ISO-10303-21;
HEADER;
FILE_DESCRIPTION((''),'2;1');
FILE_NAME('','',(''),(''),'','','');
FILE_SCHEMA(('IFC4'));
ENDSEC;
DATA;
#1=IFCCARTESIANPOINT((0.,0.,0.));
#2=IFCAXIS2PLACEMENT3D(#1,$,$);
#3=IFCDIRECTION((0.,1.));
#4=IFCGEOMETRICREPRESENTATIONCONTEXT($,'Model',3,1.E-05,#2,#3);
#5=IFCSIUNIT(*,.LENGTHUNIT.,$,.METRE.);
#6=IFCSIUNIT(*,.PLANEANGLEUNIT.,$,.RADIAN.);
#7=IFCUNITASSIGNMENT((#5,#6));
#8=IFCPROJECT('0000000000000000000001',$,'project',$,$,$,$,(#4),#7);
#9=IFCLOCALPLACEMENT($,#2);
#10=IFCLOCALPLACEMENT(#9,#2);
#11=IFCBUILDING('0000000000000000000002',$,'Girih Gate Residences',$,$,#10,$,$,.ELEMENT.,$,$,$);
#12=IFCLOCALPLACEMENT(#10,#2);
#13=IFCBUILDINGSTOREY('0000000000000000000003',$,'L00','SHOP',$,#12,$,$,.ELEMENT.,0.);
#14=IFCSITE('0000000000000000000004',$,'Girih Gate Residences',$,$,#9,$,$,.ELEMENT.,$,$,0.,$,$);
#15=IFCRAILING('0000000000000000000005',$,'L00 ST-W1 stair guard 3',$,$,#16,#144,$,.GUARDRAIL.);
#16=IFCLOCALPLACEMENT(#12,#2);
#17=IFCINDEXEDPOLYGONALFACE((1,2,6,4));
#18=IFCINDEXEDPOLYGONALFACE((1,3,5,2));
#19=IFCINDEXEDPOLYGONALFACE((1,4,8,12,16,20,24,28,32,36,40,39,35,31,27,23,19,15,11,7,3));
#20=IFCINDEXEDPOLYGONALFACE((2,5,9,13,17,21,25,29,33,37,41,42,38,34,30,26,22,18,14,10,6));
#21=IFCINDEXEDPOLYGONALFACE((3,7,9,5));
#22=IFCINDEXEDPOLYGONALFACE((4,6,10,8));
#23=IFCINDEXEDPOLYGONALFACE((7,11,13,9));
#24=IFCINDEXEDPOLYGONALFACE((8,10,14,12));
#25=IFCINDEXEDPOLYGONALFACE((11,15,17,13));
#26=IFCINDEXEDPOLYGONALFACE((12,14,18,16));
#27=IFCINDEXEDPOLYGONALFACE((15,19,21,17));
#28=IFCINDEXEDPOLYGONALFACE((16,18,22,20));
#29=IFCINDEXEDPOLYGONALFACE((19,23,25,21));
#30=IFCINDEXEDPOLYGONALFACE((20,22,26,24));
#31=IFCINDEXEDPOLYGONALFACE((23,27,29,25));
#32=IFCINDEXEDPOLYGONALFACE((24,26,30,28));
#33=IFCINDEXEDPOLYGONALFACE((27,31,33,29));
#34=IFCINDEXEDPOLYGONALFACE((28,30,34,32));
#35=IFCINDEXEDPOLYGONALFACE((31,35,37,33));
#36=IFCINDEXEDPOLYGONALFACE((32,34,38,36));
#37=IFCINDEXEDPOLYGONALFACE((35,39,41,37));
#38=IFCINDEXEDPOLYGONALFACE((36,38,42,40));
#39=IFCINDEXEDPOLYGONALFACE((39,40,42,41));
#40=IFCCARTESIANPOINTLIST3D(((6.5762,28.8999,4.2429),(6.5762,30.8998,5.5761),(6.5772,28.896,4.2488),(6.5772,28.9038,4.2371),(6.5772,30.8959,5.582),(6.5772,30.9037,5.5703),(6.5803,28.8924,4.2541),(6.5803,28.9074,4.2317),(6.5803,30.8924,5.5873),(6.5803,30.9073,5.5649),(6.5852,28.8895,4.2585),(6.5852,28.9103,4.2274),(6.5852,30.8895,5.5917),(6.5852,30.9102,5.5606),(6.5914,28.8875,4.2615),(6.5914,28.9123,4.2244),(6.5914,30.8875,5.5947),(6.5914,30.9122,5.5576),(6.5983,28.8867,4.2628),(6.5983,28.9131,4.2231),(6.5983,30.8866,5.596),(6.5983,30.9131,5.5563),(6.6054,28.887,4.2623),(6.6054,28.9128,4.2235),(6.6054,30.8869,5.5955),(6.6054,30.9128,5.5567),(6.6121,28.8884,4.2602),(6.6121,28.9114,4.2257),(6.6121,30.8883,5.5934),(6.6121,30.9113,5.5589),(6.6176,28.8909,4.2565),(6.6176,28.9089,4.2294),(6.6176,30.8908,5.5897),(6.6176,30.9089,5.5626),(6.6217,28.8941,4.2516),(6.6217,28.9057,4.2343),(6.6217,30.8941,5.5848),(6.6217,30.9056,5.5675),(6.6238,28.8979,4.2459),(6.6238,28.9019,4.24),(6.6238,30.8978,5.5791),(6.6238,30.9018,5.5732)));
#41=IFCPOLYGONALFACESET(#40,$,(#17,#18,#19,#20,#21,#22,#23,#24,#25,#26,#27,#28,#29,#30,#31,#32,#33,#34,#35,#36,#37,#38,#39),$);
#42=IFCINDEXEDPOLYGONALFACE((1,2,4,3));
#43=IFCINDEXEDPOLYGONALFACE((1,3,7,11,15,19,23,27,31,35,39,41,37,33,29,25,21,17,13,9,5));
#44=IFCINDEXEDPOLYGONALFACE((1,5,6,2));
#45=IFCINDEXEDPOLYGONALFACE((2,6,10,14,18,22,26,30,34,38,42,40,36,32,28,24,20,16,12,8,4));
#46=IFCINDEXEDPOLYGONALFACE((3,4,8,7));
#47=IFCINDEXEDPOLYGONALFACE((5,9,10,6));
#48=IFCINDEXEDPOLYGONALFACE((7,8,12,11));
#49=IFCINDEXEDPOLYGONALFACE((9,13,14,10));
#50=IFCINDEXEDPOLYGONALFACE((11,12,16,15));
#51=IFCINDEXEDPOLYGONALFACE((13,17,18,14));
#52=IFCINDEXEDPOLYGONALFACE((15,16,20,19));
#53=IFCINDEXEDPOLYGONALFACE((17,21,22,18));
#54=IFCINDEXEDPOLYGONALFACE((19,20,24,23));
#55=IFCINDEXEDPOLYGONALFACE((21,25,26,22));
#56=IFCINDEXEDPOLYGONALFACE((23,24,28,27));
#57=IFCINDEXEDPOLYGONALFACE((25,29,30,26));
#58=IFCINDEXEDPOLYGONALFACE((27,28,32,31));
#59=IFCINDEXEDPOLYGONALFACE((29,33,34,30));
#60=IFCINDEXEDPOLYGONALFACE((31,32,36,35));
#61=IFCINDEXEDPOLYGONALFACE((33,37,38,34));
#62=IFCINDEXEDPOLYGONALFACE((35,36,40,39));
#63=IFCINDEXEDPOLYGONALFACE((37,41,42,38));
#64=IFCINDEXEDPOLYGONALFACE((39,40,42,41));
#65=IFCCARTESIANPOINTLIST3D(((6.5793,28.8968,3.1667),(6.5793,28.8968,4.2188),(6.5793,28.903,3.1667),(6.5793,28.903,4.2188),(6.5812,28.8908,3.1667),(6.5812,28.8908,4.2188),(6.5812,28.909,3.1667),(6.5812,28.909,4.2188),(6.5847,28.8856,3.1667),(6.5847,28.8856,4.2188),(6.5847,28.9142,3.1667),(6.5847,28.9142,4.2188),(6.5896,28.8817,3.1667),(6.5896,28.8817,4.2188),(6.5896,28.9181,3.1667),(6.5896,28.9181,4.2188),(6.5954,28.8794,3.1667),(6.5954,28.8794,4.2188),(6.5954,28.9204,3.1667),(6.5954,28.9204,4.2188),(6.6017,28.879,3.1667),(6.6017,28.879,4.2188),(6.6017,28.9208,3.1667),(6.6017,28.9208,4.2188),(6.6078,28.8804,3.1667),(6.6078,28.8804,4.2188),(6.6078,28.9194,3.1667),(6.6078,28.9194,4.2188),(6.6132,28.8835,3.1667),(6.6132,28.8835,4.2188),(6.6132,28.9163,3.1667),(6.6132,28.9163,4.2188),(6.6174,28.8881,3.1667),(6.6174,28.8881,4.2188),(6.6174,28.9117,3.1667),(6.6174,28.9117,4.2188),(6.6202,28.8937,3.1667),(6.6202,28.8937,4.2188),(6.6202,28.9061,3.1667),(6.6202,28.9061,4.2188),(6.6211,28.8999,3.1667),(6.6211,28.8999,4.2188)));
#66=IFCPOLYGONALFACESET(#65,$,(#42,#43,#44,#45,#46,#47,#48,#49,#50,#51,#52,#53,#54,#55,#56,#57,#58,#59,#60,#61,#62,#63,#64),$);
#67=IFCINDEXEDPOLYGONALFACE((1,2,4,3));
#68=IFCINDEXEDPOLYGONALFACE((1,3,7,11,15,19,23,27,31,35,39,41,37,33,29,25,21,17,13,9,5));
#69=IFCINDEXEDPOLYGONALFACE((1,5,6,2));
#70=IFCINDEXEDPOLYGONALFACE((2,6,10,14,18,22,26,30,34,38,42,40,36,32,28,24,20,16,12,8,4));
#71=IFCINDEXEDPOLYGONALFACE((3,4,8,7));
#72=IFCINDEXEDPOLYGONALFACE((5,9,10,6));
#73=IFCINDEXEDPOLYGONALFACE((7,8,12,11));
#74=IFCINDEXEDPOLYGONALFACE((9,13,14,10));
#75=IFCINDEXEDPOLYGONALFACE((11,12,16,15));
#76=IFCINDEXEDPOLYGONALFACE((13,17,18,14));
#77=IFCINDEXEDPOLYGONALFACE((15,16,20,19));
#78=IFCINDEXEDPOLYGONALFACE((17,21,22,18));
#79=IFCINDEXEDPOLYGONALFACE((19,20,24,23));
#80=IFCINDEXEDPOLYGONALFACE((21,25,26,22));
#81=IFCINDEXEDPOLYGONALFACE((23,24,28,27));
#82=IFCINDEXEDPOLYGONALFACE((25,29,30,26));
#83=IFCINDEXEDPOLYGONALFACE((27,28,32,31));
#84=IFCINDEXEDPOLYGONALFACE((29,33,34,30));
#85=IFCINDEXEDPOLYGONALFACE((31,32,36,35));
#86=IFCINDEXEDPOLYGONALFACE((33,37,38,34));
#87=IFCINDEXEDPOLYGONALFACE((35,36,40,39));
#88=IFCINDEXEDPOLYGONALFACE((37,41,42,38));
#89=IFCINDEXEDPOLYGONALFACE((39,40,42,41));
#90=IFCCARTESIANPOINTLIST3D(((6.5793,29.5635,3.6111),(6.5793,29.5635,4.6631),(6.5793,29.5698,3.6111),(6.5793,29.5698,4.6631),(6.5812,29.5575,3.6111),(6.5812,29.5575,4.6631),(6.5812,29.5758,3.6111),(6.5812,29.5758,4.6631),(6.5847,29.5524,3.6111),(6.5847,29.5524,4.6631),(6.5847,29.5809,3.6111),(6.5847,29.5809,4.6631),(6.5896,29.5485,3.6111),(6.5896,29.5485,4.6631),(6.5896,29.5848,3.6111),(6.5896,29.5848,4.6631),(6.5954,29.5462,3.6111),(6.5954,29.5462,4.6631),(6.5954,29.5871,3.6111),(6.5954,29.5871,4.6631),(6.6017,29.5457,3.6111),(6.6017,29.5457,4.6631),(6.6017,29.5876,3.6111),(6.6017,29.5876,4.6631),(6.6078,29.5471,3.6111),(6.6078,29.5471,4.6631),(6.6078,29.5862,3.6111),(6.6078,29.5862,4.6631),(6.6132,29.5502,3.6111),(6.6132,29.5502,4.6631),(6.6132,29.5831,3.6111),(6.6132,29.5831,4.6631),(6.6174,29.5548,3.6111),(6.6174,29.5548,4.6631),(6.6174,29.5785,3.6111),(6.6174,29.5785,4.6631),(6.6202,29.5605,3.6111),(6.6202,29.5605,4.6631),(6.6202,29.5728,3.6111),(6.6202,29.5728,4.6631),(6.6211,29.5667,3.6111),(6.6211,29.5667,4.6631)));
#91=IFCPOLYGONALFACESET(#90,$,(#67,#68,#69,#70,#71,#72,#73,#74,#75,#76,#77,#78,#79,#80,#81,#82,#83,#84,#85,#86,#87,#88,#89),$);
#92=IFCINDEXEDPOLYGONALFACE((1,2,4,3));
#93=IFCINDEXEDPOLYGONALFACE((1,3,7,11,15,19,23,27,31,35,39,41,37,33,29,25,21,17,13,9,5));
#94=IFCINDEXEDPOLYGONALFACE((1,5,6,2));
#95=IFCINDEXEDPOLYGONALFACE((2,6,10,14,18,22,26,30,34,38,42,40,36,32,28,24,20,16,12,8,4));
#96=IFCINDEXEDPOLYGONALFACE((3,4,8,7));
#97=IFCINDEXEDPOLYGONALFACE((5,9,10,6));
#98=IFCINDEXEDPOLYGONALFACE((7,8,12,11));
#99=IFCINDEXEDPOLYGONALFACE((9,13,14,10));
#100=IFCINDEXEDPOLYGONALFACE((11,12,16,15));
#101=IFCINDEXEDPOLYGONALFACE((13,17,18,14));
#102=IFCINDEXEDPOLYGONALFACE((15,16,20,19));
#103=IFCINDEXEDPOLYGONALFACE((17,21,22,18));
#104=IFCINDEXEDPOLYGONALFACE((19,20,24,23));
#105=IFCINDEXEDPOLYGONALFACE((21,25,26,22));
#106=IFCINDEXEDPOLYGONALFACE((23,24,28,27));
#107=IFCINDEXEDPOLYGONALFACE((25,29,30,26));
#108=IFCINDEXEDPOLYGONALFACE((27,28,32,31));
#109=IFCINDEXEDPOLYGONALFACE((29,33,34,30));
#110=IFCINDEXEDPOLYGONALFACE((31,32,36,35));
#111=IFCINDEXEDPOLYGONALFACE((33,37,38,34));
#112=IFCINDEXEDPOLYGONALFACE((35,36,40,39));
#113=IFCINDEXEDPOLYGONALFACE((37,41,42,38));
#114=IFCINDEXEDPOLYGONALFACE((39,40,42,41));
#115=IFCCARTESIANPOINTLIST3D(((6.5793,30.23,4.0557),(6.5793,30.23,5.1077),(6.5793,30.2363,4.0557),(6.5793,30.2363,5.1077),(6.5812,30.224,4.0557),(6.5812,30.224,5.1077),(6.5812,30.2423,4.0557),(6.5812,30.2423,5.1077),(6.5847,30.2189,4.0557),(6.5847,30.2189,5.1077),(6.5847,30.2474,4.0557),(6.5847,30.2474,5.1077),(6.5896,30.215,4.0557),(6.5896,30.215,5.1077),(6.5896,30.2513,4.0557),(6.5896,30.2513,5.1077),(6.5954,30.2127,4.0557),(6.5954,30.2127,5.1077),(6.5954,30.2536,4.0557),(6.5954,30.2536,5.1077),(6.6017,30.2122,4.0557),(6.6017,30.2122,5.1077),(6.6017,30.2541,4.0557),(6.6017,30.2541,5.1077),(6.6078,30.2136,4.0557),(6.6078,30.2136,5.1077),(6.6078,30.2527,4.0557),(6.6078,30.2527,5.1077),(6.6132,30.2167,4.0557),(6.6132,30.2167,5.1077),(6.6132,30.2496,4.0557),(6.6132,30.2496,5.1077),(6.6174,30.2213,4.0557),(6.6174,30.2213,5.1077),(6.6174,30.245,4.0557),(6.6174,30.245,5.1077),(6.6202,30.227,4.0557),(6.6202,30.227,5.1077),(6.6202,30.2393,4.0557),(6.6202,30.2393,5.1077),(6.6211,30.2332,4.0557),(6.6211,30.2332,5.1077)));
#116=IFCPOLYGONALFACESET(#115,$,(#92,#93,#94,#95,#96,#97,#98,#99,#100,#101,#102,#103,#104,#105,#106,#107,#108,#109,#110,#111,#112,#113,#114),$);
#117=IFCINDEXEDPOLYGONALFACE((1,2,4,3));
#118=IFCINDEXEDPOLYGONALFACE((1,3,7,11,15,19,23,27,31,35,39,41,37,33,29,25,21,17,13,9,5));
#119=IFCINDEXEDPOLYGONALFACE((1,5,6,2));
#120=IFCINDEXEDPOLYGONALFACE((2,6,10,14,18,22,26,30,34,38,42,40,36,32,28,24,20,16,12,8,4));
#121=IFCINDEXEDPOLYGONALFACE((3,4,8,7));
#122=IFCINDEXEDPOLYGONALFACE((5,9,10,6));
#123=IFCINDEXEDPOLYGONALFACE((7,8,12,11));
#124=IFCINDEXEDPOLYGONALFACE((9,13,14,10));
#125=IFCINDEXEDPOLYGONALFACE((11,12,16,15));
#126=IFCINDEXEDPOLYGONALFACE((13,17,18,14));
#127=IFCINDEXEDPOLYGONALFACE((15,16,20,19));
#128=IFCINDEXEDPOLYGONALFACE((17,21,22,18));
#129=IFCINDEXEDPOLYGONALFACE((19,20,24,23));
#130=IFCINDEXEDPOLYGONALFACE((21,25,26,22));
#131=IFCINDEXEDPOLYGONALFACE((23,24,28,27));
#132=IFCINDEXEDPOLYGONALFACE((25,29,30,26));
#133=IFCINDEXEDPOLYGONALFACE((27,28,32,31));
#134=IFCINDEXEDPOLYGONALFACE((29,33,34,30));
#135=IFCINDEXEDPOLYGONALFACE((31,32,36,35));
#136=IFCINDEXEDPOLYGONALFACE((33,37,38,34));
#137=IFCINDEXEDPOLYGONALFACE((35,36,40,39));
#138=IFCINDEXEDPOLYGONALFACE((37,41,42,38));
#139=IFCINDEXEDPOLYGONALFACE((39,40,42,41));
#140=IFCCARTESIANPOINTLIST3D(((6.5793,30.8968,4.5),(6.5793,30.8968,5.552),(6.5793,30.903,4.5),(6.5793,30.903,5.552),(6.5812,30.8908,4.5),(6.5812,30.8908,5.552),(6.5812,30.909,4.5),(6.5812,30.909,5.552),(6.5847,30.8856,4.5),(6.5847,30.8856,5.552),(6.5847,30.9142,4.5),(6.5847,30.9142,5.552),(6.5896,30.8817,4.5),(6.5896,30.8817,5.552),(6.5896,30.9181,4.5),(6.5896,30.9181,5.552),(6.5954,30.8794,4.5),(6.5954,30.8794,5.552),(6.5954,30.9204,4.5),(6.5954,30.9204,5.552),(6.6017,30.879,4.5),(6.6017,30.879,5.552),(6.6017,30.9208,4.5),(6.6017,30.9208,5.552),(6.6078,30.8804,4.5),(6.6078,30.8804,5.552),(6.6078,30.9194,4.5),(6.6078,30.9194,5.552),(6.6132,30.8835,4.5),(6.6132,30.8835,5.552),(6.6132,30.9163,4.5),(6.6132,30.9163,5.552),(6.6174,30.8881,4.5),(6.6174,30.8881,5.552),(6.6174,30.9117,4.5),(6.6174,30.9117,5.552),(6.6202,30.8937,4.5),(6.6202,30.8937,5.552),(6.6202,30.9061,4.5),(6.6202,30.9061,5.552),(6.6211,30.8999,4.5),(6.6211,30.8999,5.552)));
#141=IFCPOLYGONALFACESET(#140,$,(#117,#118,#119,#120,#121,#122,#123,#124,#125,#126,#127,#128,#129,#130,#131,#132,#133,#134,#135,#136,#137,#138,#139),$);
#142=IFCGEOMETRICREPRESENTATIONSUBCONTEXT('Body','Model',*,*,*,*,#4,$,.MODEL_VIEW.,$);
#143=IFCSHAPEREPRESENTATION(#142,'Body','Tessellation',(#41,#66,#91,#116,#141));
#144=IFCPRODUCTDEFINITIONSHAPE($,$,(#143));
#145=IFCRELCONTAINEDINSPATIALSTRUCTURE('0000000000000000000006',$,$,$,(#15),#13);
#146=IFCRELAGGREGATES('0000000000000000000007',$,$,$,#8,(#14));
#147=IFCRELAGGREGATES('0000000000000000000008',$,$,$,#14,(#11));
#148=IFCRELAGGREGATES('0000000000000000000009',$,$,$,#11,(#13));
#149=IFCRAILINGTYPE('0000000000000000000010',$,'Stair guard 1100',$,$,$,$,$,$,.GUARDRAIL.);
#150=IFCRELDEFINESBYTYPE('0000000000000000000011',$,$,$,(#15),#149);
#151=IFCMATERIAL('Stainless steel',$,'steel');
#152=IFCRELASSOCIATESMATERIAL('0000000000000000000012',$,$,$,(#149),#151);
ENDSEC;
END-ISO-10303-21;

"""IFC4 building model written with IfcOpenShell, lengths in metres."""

from ifc_helpers import new_model, si_unit, direction, frame, origin, origin_2d, place, context, subcontext, project, spatial, circle, extrude, material, type_object, element, save


model = new_model("IFC4")

# Units and contexts
model_context = context("Model", 3, precision=1e-05, world=origin(), true_north=direction((0.0, 1.0)))
body_context = subcontext(model_context, "Body", "Model", "MODEL_VIEW")
ifc_project = project(units=[si_unit("LENGTHUNIT", "METRE"), si_unit("PLANEANGLEUNIT", "RADIAN")], contexts=[model_context])

# Site, building, storey
site_placement = place(None, origin())
site = spatial("IfcSite", under=ifc_project, at=site_placement, Name="Girih Gate Residences", CompositionType="ELEMENT", RefElevation=0.0)
building_placement = place(site_placement, origin())
building = spatial("IfcBuilding", under=site, at=building_placement, Name="Girih Gate Residences", CompositionType="ELEMENT")
storey_placement = place(building_placement, origin())
storey = spatial("IfcBuildingStorey", under=building, at=storey_placement, Name="L00", Description="SHOP", CompositionType="ELEMENT", Elevation=0.0)

# Railing
ifc_material_1 = material(Name="Stainless steel", Category="steel")
railing_type_1 = type_object("IfcRailingType", Name="Stair guard 1100", PredefinedType="GUARDRAIL", material=ifc_material_1)
railing_1_placement = place(storey_placement, frame((6.6001, 28.8999, 3.1667)))
element("IfcRailing", 1, at=railing_1_placement, inside=storey, type_object=railing_type_1, Name="L00 ST-W1 stair guard 3", PredefinedType="GUARDRAIL", context=body_context, shape_type="SweptSolid", body=[
    extrude(circle(Radius=0.0239, at=origin_2d()), frame((0.0, 0.0, 1.0762), z_axis=(0.0, 0.832066, 0.554677), x_axis=(-1.0, 0.0, 0.0)), (0.0, 0.0, 1.0), 2.4036),
    extrude(circle(Radius=0.021, at=origin_2d()), origin(), (0.0, 0.0, 1.0), 1.052),
    extrude(circle(Radius=0.021, at=origin_2d()), frame((0.0, 0.6667, 0.4443)), (0.0, 0.0, 1.0), 1.052),
    extrude(circle(Radius=0.021, at=origin_2d()), frame((0.0, 1.3333, 0.8889)), (0.0, 0.0, 1.0), 1.052),
    extrude(circle(Radius=0.021, at=origin_2d()), frame((0.0, 2.0, 1.3333)), (0.0, 0.0, 1.0), 1.052),
])

save(model, "model.ifc")
